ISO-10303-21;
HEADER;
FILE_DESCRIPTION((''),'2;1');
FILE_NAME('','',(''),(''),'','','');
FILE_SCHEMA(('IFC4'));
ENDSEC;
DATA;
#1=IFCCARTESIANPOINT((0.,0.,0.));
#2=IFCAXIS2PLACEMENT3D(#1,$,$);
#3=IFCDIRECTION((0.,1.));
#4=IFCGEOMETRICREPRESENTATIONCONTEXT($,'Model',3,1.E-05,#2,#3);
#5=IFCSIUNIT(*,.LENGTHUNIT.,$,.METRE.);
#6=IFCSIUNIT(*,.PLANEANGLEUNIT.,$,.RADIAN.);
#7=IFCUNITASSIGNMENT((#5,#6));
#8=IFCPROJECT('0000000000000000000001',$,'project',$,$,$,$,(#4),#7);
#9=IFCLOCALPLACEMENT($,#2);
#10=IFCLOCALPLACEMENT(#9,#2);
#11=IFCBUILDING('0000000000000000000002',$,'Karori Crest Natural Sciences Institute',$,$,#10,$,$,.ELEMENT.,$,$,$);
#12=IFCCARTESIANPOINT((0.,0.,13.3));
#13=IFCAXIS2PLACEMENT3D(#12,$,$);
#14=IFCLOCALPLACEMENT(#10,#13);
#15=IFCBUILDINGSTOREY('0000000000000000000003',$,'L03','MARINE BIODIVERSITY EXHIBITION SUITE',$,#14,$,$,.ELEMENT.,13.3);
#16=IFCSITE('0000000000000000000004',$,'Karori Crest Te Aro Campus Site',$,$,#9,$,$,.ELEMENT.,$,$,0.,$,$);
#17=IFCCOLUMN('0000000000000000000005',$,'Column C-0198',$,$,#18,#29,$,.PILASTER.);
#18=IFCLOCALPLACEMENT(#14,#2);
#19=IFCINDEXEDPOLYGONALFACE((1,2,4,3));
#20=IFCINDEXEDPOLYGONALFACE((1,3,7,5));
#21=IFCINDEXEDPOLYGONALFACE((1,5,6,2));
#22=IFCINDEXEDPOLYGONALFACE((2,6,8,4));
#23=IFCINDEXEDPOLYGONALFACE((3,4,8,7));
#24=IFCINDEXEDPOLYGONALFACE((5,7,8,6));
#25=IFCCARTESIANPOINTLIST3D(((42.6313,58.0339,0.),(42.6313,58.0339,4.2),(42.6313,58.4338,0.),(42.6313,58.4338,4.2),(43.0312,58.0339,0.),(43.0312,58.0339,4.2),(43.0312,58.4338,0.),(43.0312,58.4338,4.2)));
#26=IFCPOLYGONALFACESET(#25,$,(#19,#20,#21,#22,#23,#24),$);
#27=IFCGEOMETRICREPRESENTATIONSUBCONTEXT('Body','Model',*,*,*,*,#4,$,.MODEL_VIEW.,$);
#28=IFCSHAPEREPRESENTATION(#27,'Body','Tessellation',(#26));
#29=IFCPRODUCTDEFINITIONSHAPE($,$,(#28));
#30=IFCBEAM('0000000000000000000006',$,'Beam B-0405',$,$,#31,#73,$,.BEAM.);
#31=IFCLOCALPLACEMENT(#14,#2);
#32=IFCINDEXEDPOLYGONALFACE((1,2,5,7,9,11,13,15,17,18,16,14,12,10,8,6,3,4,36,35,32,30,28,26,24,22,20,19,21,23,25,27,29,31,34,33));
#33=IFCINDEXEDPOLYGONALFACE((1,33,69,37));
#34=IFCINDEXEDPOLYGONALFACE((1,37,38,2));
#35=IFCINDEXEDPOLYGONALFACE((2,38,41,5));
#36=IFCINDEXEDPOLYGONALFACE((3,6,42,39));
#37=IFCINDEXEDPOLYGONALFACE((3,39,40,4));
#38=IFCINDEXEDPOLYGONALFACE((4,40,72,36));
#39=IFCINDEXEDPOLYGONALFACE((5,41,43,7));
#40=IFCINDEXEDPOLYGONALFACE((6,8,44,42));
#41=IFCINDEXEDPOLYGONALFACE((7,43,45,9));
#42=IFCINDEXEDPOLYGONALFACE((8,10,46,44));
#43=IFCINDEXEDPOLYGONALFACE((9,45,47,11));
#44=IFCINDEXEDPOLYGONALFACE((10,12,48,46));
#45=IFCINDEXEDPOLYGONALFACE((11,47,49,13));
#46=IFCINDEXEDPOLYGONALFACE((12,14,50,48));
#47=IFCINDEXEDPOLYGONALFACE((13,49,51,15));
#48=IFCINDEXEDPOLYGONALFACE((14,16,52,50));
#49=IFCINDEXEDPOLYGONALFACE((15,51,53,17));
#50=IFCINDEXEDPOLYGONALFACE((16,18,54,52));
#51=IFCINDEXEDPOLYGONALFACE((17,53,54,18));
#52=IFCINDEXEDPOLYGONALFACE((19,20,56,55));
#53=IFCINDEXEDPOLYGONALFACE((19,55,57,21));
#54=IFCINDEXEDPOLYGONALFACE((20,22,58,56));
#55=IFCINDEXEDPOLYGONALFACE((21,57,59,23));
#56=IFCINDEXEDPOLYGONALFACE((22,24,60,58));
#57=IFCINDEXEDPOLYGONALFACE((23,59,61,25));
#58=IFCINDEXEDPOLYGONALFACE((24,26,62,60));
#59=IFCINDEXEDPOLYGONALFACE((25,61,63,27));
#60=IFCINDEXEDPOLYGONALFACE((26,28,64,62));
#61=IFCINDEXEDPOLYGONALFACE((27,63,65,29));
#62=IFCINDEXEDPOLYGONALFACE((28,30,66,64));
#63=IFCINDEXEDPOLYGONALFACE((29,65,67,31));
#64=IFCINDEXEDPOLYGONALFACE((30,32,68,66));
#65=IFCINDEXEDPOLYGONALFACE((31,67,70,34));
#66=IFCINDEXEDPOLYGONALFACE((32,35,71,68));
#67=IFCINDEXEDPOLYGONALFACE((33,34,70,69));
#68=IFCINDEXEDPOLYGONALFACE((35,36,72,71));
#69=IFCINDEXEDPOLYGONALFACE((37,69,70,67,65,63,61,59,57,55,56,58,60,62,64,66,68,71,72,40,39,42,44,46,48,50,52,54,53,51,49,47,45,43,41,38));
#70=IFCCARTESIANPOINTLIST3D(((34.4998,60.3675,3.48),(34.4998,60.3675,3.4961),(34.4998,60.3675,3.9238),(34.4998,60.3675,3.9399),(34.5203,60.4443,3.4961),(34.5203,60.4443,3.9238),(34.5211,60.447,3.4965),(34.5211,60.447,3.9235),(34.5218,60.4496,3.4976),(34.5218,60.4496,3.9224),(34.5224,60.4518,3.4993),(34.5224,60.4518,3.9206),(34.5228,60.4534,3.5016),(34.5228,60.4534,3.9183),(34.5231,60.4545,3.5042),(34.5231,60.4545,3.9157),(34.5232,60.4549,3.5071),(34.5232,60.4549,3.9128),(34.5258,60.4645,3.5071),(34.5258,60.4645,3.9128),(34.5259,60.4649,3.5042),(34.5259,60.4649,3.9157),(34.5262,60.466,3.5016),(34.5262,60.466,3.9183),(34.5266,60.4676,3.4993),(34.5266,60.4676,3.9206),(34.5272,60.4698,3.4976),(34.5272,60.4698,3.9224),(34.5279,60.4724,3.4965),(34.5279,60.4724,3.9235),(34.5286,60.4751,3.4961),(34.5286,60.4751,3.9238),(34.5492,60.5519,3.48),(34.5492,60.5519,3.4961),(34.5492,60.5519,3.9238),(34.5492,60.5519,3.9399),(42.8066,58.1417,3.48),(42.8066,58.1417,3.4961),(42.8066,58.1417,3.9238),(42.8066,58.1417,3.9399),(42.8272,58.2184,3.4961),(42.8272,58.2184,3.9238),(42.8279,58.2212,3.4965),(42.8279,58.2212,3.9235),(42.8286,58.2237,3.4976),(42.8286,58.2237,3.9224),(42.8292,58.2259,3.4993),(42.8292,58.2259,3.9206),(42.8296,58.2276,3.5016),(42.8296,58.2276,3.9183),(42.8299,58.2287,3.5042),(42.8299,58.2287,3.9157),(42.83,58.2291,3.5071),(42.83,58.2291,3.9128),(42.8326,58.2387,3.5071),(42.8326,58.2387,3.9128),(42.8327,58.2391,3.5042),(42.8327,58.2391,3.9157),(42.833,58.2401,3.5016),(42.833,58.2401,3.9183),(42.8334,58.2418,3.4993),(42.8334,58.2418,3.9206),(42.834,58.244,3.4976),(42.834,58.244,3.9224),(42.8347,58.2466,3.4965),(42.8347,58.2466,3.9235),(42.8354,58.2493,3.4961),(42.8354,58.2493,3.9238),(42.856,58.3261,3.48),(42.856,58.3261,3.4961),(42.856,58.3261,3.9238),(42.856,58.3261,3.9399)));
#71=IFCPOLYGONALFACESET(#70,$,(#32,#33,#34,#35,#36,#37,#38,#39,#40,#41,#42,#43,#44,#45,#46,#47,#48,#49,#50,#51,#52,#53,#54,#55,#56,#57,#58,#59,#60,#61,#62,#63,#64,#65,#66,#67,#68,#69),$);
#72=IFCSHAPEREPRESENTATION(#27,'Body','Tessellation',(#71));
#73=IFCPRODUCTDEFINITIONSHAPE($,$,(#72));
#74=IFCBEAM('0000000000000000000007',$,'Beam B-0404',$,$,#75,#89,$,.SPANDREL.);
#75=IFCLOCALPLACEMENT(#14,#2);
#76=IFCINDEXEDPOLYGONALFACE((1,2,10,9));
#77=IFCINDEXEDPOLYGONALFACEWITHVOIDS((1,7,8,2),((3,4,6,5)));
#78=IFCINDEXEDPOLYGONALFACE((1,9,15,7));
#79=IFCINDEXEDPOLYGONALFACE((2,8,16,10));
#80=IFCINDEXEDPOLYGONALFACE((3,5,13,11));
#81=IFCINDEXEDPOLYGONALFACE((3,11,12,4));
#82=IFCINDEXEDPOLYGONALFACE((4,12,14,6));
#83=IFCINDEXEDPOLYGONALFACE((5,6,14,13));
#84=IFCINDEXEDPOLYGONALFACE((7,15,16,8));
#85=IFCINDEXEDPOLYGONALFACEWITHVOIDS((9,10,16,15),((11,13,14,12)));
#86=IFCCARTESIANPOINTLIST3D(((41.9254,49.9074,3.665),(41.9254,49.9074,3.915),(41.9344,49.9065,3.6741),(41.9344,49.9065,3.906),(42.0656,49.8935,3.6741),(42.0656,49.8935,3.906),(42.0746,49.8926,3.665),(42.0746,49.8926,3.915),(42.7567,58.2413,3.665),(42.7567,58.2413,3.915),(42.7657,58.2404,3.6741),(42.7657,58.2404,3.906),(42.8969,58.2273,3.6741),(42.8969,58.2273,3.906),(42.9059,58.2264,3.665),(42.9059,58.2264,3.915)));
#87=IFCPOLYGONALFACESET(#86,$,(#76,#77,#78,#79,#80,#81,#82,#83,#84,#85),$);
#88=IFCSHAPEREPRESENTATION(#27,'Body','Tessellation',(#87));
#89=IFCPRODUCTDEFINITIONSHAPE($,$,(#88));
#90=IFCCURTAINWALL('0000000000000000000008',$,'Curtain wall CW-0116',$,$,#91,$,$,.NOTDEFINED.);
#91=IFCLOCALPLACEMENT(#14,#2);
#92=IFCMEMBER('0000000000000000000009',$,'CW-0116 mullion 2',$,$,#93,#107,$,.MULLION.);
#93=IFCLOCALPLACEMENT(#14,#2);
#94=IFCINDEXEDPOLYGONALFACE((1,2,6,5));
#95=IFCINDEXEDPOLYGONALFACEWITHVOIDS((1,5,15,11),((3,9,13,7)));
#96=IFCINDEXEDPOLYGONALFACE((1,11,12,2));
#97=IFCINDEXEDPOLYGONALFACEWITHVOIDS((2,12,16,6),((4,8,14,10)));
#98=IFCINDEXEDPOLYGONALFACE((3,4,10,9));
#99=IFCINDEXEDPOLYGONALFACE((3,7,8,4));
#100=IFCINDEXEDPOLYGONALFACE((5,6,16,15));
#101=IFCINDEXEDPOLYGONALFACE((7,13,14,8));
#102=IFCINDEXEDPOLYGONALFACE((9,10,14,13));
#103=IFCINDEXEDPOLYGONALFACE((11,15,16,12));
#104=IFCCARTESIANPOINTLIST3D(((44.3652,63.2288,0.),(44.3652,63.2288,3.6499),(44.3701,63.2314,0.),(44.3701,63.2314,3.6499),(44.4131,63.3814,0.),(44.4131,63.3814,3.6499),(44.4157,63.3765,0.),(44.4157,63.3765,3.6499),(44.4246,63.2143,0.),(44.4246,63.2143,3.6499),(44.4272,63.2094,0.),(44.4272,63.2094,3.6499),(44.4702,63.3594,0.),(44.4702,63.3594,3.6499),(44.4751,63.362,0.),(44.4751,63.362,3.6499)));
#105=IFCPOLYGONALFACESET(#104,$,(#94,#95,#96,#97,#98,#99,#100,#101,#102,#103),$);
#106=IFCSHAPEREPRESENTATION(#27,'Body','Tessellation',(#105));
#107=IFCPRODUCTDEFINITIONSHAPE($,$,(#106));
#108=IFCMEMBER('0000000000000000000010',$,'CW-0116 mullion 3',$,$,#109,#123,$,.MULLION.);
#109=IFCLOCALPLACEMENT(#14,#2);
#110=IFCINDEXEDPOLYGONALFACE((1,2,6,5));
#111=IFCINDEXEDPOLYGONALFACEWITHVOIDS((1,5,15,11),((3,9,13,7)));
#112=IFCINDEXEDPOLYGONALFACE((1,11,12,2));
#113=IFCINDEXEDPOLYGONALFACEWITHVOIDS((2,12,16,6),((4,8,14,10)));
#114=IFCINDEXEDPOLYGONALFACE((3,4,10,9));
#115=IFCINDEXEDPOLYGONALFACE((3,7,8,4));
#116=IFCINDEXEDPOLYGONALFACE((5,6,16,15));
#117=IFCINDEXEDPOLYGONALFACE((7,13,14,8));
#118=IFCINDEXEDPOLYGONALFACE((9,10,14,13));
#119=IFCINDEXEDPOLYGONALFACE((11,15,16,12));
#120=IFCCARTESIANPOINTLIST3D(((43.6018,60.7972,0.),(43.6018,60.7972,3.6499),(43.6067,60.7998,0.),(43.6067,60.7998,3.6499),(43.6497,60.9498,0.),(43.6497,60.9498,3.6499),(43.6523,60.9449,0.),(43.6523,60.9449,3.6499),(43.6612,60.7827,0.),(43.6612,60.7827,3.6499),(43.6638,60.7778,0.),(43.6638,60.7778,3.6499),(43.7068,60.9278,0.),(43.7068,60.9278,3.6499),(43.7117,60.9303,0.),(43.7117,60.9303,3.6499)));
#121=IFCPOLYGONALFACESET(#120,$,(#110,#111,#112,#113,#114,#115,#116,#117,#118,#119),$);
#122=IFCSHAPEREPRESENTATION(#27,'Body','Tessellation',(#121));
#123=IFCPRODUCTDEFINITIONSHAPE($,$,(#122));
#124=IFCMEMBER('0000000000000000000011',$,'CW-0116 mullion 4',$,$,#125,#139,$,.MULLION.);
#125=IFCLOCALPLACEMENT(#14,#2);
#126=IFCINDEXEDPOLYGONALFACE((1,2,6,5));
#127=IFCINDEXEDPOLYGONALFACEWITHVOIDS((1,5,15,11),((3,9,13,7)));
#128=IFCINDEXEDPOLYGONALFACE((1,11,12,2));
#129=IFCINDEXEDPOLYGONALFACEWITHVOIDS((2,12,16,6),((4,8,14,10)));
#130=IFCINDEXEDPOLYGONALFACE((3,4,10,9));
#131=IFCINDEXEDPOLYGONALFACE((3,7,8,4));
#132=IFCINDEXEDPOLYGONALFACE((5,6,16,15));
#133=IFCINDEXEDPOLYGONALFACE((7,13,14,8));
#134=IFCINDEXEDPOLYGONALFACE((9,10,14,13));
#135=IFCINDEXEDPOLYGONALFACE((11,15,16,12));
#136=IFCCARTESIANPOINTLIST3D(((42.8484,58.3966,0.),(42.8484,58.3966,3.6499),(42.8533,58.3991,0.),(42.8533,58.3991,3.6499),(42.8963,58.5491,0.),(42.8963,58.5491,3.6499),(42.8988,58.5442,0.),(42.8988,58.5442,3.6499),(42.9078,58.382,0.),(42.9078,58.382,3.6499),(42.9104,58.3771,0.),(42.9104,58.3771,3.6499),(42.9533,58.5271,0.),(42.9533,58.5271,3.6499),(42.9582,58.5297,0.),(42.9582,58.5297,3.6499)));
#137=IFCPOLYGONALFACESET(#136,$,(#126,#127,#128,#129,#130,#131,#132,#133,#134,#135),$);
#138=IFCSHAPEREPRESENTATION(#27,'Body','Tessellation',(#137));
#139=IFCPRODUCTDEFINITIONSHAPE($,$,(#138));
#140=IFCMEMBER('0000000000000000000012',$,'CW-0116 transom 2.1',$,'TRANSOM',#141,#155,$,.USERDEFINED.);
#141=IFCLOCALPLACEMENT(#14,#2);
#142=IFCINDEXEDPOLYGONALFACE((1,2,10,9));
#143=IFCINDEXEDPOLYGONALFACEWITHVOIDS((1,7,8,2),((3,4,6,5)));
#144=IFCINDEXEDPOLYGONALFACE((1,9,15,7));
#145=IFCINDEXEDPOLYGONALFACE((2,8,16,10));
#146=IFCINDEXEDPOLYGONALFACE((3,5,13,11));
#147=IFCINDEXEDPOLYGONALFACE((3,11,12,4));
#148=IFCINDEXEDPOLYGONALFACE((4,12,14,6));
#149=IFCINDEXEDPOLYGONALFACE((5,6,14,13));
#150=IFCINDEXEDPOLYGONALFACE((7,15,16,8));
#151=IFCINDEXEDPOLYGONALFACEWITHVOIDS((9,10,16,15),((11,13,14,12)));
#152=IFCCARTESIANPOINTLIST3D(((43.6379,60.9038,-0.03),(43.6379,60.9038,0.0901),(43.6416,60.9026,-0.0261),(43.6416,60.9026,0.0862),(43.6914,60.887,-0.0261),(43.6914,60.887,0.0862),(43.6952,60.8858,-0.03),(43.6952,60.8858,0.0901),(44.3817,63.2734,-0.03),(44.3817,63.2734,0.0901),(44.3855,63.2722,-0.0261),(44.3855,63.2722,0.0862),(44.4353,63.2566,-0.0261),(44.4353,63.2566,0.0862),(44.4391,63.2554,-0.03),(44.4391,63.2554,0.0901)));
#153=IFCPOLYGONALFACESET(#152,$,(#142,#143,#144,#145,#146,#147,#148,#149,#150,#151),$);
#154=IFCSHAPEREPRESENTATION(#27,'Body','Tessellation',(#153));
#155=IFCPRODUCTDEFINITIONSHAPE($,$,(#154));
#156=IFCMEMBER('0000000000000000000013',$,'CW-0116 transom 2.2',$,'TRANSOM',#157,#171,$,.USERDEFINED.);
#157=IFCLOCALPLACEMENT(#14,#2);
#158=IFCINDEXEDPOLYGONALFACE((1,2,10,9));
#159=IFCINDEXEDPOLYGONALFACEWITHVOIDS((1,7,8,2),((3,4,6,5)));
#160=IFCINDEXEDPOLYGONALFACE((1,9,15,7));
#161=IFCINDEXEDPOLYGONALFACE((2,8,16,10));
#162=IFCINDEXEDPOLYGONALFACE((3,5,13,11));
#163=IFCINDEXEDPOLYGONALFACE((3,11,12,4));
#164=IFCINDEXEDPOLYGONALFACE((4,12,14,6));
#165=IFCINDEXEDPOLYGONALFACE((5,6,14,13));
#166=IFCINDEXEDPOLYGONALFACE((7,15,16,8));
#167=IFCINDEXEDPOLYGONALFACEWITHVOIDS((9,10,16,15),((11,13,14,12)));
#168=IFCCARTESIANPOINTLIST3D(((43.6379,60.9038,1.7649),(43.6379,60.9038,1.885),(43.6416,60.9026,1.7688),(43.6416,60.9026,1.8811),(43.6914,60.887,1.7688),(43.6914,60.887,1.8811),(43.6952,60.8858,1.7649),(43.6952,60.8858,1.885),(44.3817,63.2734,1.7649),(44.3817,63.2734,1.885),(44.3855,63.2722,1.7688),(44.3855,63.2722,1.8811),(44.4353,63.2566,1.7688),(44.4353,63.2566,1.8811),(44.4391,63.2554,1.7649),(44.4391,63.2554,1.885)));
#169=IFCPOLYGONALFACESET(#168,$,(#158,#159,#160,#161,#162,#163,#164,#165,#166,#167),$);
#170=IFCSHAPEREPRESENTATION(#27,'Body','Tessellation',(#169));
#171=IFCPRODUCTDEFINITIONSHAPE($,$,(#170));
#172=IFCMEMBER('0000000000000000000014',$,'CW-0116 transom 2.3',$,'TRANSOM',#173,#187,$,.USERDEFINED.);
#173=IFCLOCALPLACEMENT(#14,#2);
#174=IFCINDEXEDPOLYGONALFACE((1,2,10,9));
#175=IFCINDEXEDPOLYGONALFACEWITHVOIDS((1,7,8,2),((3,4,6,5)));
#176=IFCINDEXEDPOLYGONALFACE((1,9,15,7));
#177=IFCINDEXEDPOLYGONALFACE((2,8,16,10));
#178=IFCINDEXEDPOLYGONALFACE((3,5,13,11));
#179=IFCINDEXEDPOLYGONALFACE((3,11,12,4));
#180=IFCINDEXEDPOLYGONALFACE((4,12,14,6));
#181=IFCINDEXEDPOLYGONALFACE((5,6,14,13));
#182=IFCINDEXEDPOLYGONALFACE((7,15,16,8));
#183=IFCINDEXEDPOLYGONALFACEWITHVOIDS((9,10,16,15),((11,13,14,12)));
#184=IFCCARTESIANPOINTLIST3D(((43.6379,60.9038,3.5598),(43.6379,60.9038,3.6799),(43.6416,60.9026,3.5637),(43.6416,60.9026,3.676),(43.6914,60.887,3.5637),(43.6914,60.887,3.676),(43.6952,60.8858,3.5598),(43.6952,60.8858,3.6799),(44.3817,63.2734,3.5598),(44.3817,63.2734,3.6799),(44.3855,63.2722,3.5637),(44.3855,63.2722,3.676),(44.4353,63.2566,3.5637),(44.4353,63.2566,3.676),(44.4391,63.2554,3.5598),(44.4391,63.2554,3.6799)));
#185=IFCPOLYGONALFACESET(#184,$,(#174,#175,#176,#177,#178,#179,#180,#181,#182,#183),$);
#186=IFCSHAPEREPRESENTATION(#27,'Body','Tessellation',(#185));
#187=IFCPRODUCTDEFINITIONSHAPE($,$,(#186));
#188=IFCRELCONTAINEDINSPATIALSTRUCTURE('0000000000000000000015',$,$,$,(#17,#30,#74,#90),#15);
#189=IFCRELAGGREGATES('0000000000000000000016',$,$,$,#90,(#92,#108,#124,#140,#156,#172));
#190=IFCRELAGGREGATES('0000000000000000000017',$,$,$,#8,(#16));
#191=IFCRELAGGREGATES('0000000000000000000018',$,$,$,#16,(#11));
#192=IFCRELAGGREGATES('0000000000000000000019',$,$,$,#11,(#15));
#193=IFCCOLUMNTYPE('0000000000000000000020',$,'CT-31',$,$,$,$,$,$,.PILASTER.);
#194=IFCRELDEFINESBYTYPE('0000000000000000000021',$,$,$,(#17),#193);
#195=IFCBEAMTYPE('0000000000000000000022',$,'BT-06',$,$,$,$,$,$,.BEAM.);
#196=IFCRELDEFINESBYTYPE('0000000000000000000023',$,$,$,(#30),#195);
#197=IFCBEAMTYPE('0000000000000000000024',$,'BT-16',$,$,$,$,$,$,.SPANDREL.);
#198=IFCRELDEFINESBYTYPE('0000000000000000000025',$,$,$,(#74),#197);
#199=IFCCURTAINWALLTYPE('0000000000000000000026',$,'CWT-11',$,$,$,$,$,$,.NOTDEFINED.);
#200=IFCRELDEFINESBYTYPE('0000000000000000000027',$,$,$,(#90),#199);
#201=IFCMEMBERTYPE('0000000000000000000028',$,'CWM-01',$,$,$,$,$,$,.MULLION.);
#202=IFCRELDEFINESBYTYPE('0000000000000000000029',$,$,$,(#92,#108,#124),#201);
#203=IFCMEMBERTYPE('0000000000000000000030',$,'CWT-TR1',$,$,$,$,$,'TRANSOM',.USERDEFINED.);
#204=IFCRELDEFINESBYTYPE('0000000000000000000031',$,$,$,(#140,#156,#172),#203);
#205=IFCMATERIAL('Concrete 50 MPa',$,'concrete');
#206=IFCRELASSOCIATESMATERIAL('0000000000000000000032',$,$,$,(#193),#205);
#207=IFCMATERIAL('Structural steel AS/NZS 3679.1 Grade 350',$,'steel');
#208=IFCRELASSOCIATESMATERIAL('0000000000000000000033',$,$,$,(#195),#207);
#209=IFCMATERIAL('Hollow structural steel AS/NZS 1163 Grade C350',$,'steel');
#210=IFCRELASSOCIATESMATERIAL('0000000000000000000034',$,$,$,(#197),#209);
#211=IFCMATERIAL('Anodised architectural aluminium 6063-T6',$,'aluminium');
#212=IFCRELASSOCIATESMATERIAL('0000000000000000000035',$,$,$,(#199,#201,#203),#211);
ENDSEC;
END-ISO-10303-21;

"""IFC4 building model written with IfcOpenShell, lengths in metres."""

from ifc_helpers import new_model, si_unit, direction, frame, origin, origin_2d, place, context, subcontext, project, spatial, rectangle, hollow_rectangle, i_section, extrude, material, material_profile, profile_set, type_object, element, aggregate, save


model = new_model("IFC4")

# Units and contexts
model_context = context("Model", 3, precision=1e-05, world=origin(), true_north=direction((0.0, 1.0)))
body_context = subcontext(model_context, "Body", "Model", "MODEL_VIEW")
ifc_project = project(units=[si_unit("LENGTHUNIT", "METRE"), si_unit("PLANEANGLEUNIT", "RADIAN")], contexts=[model_context])

# Site, building, storey
site_placement = place(None, origin())
site = spatial("IfcSite", under=ifc_project, at=site_placement, Name="Karori Crest Te Aro Campus Site", CompositionType="ELEMENT", RefElevation=0.0)
building_placement = place(site_placement, origin())
building = spatial("IfcBuilding", under=site, at=building_placement, Name="Karori Crest Natural Sciences Institute", CompositionType="ELEMENT")
storey_placement = place(building_placement, frame((0.0, 0.0, 13.3)))
storey = spatial("IfcBuildingStorey", under=building, at=storey_placement, Name="L03", Description="MARINE BIODIVERSITY EXHIBITION SUITE", CompositionType="ELEMENT", Elevation=13.3)

# Column
ifc_material_1 = material(Name="Concrete 50 MPa", Category="concrete")
ifc_material_profile_1 = material_profile(ifc_material_1, rectangle(XDim=0.3999, YDim=0.3999, at=origin_2d()), Name="RC400x400")
ifc_profile_set_1 = profile_set([ifc_material_profile_1], Name="Concrete 50 MPa")
column_type = type_object("IfcColumnType", Name="CT-31", PredefinedType="PILASTER", material=ifc_profile_set_1)
column_placement = place(storey_placement, frame((42.8313, 58.2339, 0.0), z_axis=(0.0, 0.0, 1.0), x_axis=(1.0, 0.0, 0.0)))
element("IfcColumn", 1, at=column_placement, inside=storey, type_object=column_type, Name="Column C-0198", PredefinedType="PILASTER", context=body_context, shape_type="SweptSolid", body=[
    extrude(rectangle(XDim=0.3999, YDim=0.3999, at=origin_2d()), origin(), (0.0, 0.0, 1.0), 4.2),
])

# Beams
ifc_material_2 = material(Name="Structural steel AS/NZS 3679.1 Grade 350", Category="steel")
ifc_material_profile_2 = material_profile(ifc_material_2, i_section(OverallWidth=0.1909, OverallDepth=0.46, WebThickness=0.01, FlangeThickness=0.0161, FilletRadius=0.011, at=origin_2d()), Name="460UB82.1")
ifc_profile_set_2 = profile_set([ifc_material_profile_2], Name="Structural steel AS/NZS 3679.1 Grade 350")
beam_type_1 = type_object("IfcBeamType", Name="BT-06", PredefinedType="BEAM", material=ifc_profile_set_2)
beam_1_placement = place(storey_placement, frame((42.8313, 58.2339, 3.71), z_axis=(-0.965926, 0.25882, 0.0), x_axis=(-0.25882, -0.965926, 0.0)))
element("IfcBeam", 2, at=beam_1_placement, inside=storey, type_object=beam_type_1, Name="Beam B-0405", PredefinedType="BEAM", context=body_context, shape_type="SweptSolid", body=[
    extrude(i_section(OverallWidth=0.1909, OverallDepth=0.46, WebThickness=0.01, FlangeThickness=0.0161, FilletRadius=0.011, at=origin_2d()), origin(), (0.0, 0.0, 1.0), 8.5999),
])
ifc_material_3 = material(Name="Hollow structural steel AS/NZS 1163 Grade C350", Category="steel")
ifc_material_profile_3 = material_profile(ifc_material_3, hollow_rectangle(XDim=0.1499, YDim=0.25, WallThickness=0.009, at=origin_2d()), Name="RHS250x150x9")
ifc_profile_set_3 = profile_set([ifc_material_profile_3], Name="Hollow structural steel AS/NZS 1163 Grade C350")
beam_type_2 = type_object("IfcBeamType", Name="BT-16", PredefinedType="SPANDREL", material=ifc_profile_set_3)
beam_2_placement = place(storey_placement, frame((42.8313, 58.2339, 3.79), z_axis=(-0.099256, -0.995062, 0.0), x_axis=(0.995062, -0.099256, 0.0)))
element("IfcBeam", 3, at=beam_2_placement, inside=storey, type_object=beam_type_2, Name="Beam B-0404", PredefinedType="SPANDREL", context=body_context, shape_type="SweptSolid", body=[
    extrude(hollow_rectangle(XDim=0.1499, YDim=0.25, WallThickness=0.009, at=origin_2d()), origin(), (0.0, 0.0, 1.0), 8.3752),
])

# Curtain wall, members
ifc_material_4 = material(Name="Anodised architectural aluminium 6063-T6", Category="aluminium")
curtain_wall_type = type_object("IfcCurtainWallType", Name="CWT-11", PredefinedType="NOTDEFINED", material=ifc_material_4)
curtain_wall_placement = place(storey_placement, origin())
curtain_wall = element("IfcCurtainWall", 4, at=curtain_wall_placement, inside=storey, type_object=curtain_wall_type, Name="Curtain wall CW-0116", PredefinedType="NOTDEFINED")
ifc_material_profile_4 = material_profile(ifc_material_4, hollow_rectangle(XDim=0.0649, YDim=0.1599, WallThickness=0.0039, at=origin_2d()), Name="CWM160x65x4")
ifc_profile_set_4 = profile_set([ifc_material_profile_4], Name="Anodised architectural aluminium 6063-T6")
member_type_1 = type_object("IfcMemberType", Name="CWM-01", PredefinedType="MULLION", material=ifc_profile_set_4)
member_1_placement = place(storey_placement, frame((44.4202, 63.2954, 0.0), z_axis=(0.0, 0.0, 1.0), x_axis=(0.954104, -0.299475, 0.0)))
member_1 = element("IfcMember", 5, at=member_1_placement, type_object=member_type_1, Name="CW-0116 mullion 2", PredefinedType="MULLION", context=body_context, shape_type="SweptSolid", body=[
    extrude(hollow_rectangle(XDim=0.0649, YDim=0.1599, WallThickness=0.0039, at=origin_2d()), origin(), (0.0, 0.0, 1.0), 3.6499),
])
member_2_placement = place(storey_placement, frame((43.6567, 60.8638, 0.0), z_axis=(0.0, 0.0, 1.0), x_axis=(0.954104, -0.299475, 0.0)))
member_2 = element("IfcMember", 6, at=member_2_placement, type_object=member_type_1, Name="CW-0116 mullion 3", PredefinedType="MULLION", context=body_context, shape_type="SweptSolid", body=[
    extrude(hollow_rectangle(XDim=0.0649, YDim=0.1599, WallThickness=0.0039, at=origin_2d()), origin(), (0.0, 0.0, 1.0), 3.6499),
])
member_3_placement = place(storey_placement, frame((42.9033, 58.4631, 0.0), z_axis=(0.0, 0.0, 1.0), x_axis=(0.954104, -0.299475, 0.0)))
member_3 = element("IfcMember", 7, at=member_3_placement, type_object=member_type_1, Name="CW-0116 mullion 4", PredefinedType="MULLION", context=body_context, shape_type="SweptSolid", body=[
    extrude(hollow_rectangle(XDim=0.0649, YDim=0.1599, WallThickness=0.0039, at=origin_2d()), origin(), (0.0, 0.0, 1.0), 3.6499),
])
ifc_material_profile_5 = material_profile(ifc_material_4, hollow_rectangle(XDim=0.0601, YDim=0.1201, WallThickness=0.0039, at=origin_2d()), Name="CWT120x60x4")
ifc_profile_set_5 = profile_set([ifc_material_profile_5], Name="Anodised architectural aluminium 6063-T6")
member_type_2 = type_object("IfcMemberType", Name="CWT-TR1", ElementType="TRANSOM", PredefinedType="USERDEFINED", material=ifc_profile_set_5)
member_4_placement = place(storey_placement, frame((44.4104, 63.2644, 0.03), z_axis=(-0.299517, -0.954091, 0.0), x_axis=(0.954091, -0.299517, 0.0)))
member_4 = element("IfcMember", 8, at=member_4_placement, type_object=member_type_2, Name="CW-0116 transom 2.1", ObjectType="TRANSOM", PredefinedType="USERDEFINED", context=body_context, shape_type="SweptSolid", body=[
    extrude(hollow_rectangle(XDim=0.0601, YDim=0.1201, WallThickness=0.0039, at=origin_2d()), origin(), (0.0, 0.0, 1.0), 2.4836),
])
member_5_placement = place(storey_placement, frame((44.4104, 63.2644, 1.825), z_axis=(-0.299517, -0.954091, 0.0), x_axis=(0.954091, -0.299517, 0.0)))
member_5 = element("IfcMember", 9, at=member_5_placement, type_object=member_type_2, Name="CW-0116 transom 2.2", ObjectType="TRANSOM", PredefinedType="USERDEFINED", context=body_context, shape_type="SweptSolid", body=[
    extrude(hollow_rectangle(XDim=0.0601, YDim=0.1201, WallThickness=0.0039, at=origin_2d()), origin(), (0.0, 0.0, 1.0), 2.4836),
])
member_6_placement = place(storey_placement, frame((44.4104, 63.2644, 3.6199), z_axis=(-0.299517, -0.954091, 0.0), x_axis=(0.954091, -0.299517, 0.0)))
member_6 = element("IfcMember", 10, at=member_6_placement, type_object=member_type_2, Name="CW-0116 transom 2.3", ObjectType="TRANSOM", PredefinedType="USERDEFINED", context=body_context, shape_type="SweptSolid", body=[
    extrude(hollow_rectangle(XDim=0.0601, YDim=0.1201, WallThickness=0.0039, at=origin_2d()), origin(), (0.0, 0.0, 1.0), 2.4836),
])
aggregate(curtain_wall, [member_1, member_2, member_3, member_4, member_5, member_6])

save(model, "model.ifc")
